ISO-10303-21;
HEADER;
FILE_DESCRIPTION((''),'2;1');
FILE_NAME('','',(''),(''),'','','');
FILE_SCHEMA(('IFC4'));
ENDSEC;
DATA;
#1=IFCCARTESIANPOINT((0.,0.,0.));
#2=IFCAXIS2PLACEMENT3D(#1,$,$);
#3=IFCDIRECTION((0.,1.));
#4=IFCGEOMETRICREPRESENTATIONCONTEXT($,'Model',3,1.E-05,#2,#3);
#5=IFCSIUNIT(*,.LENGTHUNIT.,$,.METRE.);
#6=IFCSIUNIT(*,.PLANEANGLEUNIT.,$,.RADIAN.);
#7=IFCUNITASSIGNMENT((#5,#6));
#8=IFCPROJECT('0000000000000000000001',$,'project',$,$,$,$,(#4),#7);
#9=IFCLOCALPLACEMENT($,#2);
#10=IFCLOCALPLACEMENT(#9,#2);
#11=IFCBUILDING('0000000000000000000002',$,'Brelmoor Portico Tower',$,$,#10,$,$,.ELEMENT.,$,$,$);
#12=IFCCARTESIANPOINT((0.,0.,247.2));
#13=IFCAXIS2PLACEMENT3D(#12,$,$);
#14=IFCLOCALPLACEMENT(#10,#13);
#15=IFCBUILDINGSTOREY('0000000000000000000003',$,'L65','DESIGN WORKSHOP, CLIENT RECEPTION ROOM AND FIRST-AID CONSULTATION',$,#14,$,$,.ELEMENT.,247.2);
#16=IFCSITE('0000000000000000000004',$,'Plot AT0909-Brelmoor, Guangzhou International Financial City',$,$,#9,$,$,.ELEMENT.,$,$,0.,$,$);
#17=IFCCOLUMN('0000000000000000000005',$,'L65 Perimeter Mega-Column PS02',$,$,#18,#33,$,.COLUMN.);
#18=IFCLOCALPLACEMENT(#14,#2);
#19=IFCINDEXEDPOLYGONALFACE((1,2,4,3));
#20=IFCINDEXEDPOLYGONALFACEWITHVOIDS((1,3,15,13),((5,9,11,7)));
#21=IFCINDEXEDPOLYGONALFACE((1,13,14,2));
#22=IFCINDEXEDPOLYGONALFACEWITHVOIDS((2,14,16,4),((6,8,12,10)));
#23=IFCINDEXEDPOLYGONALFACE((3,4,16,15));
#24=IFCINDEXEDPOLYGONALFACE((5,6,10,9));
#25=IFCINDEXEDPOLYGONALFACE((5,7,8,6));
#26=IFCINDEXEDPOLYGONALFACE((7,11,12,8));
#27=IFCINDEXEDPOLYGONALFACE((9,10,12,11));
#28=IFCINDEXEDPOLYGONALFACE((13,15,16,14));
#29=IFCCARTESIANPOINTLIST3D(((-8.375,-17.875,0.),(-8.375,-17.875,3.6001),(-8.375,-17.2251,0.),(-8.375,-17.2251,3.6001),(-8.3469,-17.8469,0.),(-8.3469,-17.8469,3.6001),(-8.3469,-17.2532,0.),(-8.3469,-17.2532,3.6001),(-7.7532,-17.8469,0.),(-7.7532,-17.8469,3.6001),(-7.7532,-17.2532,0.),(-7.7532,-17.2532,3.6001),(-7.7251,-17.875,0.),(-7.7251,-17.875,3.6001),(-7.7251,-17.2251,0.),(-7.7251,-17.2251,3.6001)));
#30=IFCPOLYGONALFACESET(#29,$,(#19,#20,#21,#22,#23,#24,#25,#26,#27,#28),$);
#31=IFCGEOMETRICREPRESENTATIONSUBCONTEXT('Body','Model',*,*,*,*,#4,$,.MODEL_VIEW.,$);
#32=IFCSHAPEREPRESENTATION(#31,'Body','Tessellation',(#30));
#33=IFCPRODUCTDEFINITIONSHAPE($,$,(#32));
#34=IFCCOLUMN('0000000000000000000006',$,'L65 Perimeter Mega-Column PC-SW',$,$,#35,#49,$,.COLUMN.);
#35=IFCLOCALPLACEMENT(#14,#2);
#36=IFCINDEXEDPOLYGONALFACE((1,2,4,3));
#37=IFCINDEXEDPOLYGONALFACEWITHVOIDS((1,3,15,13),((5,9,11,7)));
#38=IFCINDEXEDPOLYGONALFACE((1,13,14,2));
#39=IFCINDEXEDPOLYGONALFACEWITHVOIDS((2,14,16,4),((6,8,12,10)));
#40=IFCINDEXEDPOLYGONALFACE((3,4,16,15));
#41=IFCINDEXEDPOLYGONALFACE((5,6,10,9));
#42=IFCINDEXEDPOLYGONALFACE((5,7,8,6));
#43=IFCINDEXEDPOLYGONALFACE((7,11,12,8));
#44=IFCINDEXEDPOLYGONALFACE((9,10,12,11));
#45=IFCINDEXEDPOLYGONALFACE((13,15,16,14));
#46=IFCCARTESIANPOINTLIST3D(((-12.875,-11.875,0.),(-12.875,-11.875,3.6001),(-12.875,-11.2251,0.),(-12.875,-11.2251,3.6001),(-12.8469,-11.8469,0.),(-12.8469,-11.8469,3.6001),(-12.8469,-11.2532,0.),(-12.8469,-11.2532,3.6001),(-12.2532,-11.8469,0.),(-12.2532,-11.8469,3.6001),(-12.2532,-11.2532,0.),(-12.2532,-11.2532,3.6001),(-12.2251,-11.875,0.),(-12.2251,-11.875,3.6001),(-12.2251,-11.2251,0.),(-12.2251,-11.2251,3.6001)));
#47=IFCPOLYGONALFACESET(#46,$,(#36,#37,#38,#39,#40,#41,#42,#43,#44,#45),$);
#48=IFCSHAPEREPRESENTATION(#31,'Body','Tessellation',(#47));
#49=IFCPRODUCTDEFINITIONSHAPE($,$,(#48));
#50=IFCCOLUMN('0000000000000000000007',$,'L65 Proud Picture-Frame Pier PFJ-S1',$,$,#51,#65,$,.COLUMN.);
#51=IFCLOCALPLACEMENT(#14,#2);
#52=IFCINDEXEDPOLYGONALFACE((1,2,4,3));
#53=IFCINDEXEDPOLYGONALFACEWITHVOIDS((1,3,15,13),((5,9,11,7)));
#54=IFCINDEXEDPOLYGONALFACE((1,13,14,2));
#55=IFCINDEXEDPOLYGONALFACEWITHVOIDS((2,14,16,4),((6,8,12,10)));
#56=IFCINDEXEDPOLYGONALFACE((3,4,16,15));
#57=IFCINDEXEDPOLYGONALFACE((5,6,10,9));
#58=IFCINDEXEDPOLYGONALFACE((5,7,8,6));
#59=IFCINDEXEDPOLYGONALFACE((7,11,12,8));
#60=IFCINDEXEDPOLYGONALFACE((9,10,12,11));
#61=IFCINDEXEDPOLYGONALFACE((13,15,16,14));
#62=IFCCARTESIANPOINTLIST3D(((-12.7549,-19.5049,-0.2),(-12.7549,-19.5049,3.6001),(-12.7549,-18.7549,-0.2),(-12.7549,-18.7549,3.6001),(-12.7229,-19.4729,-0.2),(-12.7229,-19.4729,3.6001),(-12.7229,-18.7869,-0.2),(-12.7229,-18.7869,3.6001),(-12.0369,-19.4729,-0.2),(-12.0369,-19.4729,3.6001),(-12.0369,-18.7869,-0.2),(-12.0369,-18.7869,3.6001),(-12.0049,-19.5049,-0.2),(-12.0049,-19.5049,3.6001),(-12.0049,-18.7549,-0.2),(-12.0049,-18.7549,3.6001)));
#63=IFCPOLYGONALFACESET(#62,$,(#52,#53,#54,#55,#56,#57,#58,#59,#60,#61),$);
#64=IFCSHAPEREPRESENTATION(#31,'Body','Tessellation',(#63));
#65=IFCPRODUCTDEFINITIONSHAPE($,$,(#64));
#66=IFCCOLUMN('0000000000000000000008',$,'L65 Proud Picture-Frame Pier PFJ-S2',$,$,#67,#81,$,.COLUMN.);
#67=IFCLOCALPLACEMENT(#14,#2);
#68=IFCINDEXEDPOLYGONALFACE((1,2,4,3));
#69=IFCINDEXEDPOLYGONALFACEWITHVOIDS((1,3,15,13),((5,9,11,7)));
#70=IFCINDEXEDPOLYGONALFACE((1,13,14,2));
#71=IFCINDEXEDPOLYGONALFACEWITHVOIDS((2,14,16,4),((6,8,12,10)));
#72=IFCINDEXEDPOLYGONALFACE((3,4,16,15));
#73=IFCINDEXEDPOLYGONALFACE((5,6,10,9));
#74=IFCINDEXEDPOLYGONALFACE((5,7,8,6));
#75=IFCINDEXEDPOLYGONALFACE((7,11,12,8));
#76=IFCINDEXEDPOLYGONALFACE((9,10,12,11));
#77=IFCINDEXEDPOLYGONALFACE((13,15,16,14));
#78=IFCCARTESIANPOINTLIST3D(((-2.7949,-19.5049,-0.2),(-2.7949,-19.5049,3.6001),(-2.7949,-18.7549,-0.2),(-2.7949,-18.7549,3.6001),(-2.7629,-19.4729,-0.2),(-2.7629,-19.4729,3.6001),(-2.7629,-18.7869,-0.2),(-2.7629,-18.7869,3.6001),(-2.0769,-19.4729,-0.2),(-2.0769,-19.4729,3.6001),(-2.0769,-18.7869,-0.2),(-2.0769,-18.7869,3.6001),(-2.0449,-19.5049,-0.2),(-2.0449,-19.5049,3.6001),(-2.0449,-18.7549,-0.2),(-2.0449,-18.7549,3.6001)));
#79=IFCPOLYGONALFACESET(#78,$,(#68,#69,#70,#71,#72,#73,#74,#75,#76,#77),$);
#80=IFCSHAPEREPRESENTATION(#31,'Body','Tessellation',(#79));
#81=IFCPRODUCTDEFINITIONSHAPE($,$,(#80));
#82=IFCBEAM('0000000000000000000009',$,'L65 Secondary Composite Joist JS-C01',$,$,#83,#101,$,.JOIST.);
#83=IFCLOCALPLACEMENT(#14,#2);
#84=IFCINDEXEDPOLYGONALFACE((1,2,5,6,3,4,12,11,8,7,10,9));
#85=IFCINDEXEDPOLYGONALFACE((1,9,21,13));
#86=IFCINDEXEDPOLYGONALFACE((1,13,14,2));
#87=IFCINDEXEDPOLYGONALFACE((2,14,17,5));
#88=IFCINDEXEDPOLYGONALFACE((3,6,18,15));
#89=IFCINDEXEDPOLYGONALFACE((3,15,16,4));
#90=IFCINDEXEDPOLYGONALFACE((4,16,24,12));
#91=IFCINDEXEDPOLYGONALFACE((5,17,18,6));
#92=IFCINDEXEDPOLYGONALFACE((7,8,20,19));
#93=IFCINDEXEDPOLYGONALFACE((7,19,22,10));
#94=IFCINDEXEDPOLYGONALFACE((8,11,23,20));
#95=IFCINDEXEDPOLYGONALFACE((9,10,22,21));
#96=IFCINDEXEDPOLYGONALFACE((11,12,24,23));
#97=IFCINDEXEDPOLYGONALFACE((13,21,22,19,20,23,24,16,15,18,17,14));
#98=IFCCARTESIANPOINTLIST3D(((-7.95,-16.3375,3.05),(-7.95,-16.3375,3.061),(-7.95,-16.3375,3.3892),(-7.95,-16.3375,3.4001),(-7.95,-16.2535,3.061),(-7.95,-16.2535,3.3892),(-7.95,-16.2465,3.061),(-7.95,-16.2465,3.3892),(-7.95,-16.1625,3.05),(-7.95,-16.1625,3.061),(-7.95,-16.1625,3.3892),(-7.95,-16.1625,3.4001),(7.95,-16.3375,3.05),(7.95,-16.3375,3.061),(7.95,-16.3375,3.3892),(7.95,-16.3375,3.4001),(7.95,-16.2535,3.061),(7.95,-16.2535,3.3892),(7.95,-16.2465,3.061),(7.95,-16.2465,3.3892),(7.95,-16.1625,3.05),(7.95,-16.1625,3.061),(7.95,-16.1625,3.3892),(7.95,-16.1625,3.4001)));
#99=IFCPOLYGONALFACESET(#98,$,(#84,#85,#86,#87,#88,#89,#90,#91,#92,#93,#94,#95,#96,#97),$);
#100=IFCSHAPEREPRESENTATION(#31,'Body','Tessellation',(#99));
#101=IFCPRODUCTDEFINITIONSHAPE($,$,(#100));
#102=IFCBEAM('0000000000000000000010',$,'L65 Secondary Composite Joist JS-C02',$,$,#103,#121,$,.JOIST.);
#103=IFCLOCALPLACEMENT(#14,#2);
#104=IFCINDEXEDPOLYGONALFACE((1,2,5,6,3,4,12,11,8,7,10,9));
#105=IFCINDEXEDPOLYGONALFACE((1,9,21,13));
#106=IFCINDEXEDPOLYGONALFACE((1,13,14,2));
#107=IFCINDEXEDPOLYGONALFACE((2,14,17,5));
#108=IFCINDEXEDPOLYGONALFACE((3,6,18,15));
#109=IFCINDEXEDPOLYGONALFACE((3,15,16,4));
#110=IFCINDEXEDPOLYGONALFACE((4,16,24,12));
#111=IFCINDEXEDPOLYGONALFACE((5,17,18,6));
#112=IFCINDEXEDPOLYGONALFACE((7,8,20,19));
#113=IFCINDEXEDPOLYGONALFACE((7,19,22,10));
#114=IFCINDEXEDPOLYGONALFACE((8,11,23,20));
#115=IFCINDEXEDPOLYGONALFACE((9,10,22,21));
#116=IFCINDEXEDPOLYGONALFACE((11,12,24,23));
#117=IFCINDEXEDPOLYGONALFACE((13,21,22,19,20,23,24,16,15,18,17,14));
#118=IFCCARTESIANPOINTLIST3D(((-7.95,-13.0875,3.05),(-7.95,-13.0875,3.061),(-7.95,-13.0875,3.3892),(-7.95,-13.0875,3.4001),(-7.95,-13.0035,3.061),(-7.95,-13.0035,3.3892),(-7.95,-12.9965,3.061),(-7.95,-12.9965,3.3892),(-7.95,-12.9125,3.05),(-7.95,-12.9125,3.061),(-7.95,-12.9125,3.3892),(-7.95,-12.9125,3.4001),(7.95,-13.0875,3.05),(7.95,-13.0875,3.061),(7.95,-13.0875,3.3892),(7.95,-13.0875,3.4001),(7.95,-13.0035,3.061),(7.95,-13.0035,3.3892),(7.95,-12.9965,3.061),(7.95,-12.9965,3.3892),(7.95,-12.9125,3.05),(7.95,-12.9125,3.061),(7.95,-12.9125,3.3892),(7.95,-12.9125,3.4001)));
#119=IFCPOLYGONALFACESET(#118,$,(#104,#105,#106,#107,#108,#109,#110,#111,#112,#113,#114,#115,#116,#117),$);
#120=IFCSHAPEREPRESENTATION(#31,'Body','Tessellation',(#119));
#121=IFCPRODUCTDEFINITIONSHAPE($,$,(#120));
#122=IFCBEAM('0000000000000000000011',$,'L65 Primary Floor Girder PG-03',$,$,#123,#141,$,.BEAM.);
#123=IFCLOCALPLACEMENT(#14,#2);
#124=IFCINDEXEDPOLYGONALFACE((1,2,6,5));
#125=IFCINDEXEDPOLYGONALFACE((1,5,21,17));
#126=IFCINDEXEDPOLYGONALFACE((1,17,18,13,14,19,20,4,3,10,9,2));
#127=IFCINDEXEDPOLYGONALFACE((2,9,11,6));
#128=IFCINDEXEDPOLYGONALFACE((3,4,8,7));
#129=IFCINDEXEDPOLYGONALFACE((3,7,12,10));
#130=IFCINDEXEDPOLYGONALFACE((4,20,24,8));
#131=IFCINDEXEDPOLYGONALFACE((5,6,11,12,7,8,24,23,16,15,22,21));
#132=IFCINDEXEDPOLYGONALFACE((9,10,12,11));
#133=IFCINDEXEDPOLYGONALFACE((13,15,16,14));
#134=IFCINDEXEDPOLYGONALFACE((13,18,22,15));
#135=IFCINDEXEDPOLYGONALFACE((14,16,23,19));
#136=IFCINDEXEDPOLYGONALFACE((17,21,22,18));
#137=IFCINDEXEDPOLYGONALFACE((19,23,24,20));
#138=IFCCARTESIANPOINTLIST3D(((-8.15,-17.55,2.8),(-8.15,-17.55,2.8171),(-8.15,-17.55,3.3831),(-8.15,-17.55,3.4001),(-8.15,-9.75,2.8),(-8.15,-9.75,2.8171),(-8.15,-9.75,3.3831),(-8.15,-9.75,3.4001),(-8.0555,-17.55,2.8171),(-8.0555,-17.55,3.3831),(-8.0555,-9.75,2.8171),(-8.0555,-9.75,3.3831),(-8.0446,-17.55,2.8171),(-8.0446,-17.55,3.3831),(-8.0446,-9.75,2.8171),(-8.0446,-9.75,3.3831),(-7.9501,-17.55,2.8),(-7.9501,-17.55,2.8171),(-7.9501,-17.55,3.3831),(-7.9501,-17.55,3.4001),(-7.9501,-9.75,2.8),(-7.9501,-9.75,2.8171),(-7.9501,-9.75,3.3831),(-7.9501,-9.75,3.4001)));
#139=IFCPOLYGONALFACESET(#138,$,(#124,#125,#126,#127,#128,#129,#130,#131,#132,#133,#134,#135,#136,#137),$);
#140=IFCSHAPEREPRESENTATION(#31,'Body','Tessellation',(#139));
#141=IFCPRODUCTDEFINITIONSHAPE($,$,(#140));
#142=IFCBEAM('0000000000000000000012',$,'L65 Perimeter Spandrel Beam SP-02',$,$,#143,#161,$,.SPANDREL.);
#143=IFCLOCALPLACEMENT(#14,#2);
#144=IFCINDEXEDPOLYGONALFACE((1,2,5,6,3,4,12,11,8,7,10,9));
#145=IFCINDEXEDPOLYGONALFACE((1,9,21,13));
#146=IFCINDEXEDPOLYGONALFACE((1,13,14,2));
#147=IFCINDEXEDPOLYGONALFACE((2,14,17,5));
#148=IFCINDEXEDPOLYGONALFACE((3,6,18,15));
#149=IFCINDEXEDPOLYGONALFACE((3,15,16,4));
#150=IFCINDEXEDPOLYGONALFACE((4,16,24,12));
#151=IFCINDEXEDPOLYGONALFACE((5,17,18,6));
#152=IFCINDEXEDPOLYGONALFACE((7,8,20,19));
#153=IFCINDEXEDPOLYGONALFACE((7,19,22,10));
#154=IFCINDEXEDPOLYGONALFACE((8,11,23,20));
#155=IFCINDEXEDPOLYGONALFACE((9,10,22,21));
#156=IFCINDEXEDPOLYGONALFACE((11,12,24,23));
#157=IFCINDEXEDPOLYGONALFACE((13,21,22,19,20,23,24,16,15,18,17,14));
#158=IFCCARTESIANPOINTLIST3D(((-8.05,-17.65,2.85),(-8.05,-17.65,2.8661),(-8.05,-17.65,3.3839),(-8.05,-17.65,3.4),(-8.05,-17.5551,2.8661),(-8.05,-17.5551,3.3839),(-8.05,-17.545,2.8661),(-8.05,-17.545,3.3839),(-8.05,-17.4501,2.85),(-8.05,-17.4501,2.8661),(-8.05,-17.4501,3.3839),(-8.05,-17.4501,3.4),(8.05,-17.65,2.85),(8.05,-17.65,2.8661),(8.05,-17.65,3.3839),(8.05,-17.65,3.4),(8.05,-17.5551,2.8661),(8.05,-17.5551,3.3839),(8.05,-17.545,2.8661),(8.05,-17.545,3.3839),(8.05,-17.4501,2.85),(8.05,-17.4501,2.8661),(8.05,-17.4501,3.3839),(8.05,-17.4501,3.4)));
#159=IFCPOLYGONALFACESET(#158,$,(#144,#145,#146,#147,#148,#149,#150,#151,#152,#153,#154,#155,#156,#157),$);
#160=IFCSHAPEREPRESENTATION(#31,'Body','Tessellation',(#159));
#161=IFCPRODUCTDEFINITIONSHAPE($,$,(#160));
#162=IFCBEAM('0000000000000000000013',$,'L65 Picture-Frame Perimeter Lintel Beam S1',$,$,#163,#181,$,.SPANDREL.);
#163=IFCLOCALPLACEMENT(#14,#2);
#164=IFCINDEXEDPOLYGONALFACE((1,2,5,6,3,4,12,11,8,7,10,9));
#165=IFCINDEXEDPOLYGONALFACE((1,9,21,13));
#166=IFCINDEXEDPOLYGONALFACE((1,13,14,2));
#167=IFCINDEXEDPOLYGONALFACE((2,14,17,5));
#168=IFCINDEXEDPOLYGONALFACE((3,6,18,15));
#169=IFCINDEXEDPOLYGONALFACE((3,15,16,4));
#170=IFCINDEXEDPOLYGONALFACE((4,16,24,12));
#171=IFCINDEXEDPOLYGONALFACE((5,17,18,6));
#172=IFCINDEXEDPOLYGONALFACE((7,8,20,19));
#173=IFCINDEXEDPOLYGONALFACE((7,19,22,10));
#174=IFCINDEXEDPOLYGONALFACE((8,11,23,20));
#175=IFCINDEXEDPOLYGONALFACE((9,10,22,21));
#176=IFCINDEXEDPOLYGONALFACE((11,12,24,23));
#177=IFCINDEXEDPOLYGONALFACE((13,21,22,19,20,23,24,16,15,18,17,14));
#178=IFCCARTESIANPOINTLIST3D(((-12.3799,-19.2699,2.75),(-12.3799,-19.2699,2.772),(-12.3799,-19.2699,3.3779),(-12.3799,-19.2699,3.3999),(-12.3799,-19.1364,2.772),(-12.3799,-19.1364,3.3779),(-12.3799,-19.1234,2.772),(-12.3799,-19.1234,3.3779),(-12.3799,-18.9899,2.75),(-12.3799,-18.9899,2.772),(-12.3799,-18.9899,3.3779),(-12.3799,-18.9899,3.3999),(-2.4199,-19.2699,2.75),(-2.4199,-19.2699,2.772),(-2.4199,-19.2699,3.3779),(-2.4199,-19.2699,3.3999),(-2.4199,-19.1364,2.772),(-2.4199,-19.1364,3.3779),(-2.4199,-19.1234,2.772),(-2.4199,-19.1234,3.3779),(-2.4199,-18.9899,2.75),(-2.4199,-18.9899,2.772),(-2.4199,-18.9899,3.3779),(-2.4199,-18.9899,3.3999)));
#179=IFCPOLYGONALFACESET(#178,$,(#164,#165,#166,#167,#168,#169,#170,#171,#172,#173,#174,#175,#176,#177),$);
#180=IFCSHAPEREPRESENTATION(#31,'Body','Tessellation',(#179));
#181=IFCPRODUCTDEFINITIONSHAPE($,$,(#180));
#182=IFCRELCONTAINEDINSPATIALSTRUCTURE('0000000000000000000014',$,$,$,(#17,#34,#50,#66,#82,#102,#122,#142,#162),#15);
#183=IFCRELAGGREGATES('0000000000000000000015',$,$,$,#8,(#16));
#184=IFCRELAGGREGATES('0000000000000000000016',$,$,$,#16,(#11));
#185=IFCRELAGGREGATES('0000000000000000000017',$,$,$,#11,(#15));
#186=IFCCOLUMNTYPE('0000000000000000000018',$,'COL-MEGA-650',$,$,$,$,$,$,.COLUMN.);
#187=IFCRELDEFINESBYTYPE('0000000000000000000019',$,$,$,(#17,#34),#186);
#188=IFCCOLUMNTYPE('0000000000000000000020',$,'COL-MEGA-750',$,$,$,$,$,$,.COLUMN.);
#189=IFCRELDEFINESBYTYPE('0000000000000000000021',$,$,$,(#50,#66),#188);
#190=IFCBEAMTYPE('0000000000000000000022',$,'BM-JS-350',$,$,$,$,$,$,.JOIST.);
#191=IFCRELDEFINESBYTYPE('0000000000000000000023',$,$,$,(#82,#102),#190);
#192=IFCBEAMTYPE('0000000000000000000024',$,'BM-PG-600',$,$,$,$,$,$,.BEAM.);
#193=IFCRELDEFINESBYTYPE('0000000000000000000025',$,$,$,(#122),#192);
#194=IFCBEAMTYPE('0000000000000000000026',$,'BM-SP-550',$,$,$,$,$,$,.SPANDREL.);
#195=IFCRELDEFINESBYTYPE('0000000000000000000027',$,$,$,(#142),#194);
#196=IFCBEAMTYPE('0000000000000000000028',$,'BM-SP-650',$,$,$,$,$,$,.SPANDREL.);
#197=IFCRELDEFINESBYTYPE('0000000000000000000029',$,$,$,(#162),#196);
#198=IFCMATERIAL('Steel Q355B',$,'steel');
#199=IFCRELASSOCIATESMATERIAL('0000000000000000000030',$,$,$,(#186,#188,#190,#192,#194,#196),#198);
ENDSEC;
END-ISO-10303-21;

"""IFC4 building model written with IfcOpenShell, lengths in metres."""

from ifc_helpers import new_model, si_unit, direction, frame, origin, origin_2d, place, context, subcontext, project, spatial, hollow_rectangle, i_section, extrude, material, material_profile, profile_set, type_object, element, save


model = new_model("IFC4")

# Units and contexts
model_context = context("Model", 3, precision=1e-05, world=origin(), true_north=direction((0.0, 1.0)))
body_context = subcontext(model_context, "Body", "Model", "MODEL_VIEW")
ifc_project = project(units=[si_unit("LENGTHUNIT", "METRE"), si_unit("PLANEANGLEUNIT", "RADIAN")], contexts=[model_context])

# Site, building, storey
site_placement = place(None, origin())
site = spatial("IfcSite", under=ifc_project, at=site_placement, Name="Plot AT0909-Brelmoor, Guangzhou International Financial City", CompositionType="ELEMENT", RefElevation=0.0)
building_placement = place(site_placement, origin())
building = spatial("IfcBuilding", under=site, at=building_placement, Name="Brelmoor Portico Tower", CompositionType="ELEMENT")
storey_placement = place(building_placement, frame((0.0, 0.0, 247.2)))
storey = spatial("IfcBuildingStorey", under=building, at=storey_placement, Name="L65", Description="DESIGN WORKSHOP, CLIENT RECEPTION ROOM AND FIRST-AID CONSULTATION", CompositionType="ELEMENT", Elevation=247.2)

# Columns
ifc_material_1 = material(Name="Steel Q355B", Category="steel")
ifc_material_profile_1 = material_profile(ifc_material_1, hollow_rectangle(XDim=0.6499, YDim=0.6499, WallThickness=0.0281, at=origin_2d()), Name="BOX 650x650x28")
ifc_profile_set_1 = profile_set([ifc_material_profile_1], Name="Steel Q355B")
column_type_1 = type_object("IfcColumnType", Name="COL-MEGA-650", PredefinedType="COLUMN", material=ifc_profile_set_1)
for number, where, z_axis, x_axis, name in (
    (1, (-8.05, -17.55, 0.0), (0.0, 0.0, 1.0), (1.0, 0.0, 0.0), "L65 Perimeter Mega-Column PS02"),
    (2, (-12.55, -11.55, 0.0), (0.0, 0.0, 1.0), (1.0, 0.0, 0.0), "L65 Perimeter Mega-Column PC-SW"),
):
    element("IfcColumn", number, at=place(storey_placement, frame(where, z_axis=z_axis, x_axis=x_axis)), inside=storey, type_object=column_type_1, Name=name, PredefinedType="COLUMN", context=body_context, shape_type="SweptSolid", body=[
        extrude(hollow_rectangle(XDim=0.6499, YDim=0.6499, WallThickness=0.0281, at=origin_2d()), origin(), (0.0, 0.0, 1.0), 3.6001),
    ])
ifc_material_profile_2 = material_profile(ifc_material_1, hollow_rectangle(XDim=0.75, YDim=0.75, WallThickness=0.032, at=origin_2d()), Name="BOX 750x750x32")
ifc_profile_set_2 = profile_set([ifc_material_profile_2], Name="Steel Q355B")
column_type_2 = type_object("IfcColumnType", Name="COL-MEGA-750", PredefinedType="COLUMN", material=ifc_profile_set_2)
for number, where, z_axis, x_axis, name in (
    (3, (-12.3799, -19.1299, -0.2), (0.0, 0.0, 1.0), (1.0, 0.0, 0.0), "L65 Proud Picture-Frame Pier PFJ-S1"),
    (4, (-2.4199, -19.1299, -0.2), (0.0, 0.0, 1.0), (1.0, 0.0, 0.0), "L65 Proud Picture-Frame Pier PFJ-S2"),
):
    element("IfcColumn", number, at=place(storey_placement, frame(where, z_axis=z_axis, x_axis=x_axis)), inside=storey, type_object=column_type_2, Name=name, PredefinedType="COLUMN", context=body_context, shape_type="SweptSolid", body=[
        extrude(hollow_rectangle(XDim=0.75, YDim=0.75, WallThickness=0.032, at=origin_2d()), origin(), (0.0, 0.0, 1.0), 3.8),
    ])

# Beams
ifc_material_profile_3 = material_profile(ifc_material_1, i_section(OverallWidth=0.175, OverallDepth=0.3501, WebThickness=0.0071, FlangeThickness=0.011, at=origin_2d()), Name="HN 350x175x7x11")
ifc_profile_set_3 = profile_set([ifc_material_profile_3], Name="Steel Q355B")
beam_type_1 = type_object("IfcBeamType", Name="BM-JS-350", PredefinedType="JOIST", material=ifc_profile_set_3)
for number, where, z_axis, x_axis, name in (
    (5, (-7.95, -16.25, 3.2251), (1.0, 0.0, 0.0), (0.0, 1.0, 0.0), "L65 Secondary Composite Joist JS-C01"),
    (6, (-7.95, -13.0, 3.2251), (1.0, 0.0, 0.0), (0.0, 1.0, 0.0), "L65 Secondary Composite Joist JS-C02"),
):
    element("IfcBeam", number, at=place(storey_placement, frame(where, z_axis=z_axis, x_axis=x_axis)), inside=storey, type_object=beam_type_1, Name=name, PredefinedType="JOIST", context=body_context, shape_type="SweptSolid", body=[
        extrude(i_section(OverallWidth=0.175, OverallDepth=0.3501, WebThickness=0.0071, FlangeThickness=0.011, at=origin_2d()), origin(), (0.0, 0.0, 1.0), 15.8999),
    ])
ifc_material_profile_4 = material_profile(ifc_material_1, i_section(OverallWidth=0.2, OverallDepth=0.6001, WebThickness=0.011, FlangeThickness=0.0171, at=origin_2d()), Name="HN 600x200x11x17")
ifc_profile_set_4 = profile_set([ifc_material_profile_4], Name="Steel Q355B")
beam_type_2 = type_object("IfcBeamType", Name="BM-PG-600", PredefinedType="BEAM", material=ifc_profile_set_4)
beam_1_placement = place(storey_placement, frame((-8.05, -17.55, 3.1001), z_axis=(0.0, 1.0, 0.0), x_axis=(-1.0, 0.0, 0.0)))
element("IfcBeam", 7, at=beam_1_placement, inside=storey, type_object=beam_type_2, Name="L65 Primary Floor Girder PG-03", PredefinedType="BEAM", context=body_context, shape_type="SweptSolid", body=[
    extrude(i_section(OverallWidth=0.2, OverallDepth=0.6001, WebThickness=0.011, FlangeThickness=0.0171, at=origin_2d()), origin(), (0.0, 0.0, 1.0), 7.8),
])
ifc_material_profile_5 = material_profile(ifc_material_1, i_section(OverallWidth=0.2, OverallDepth=0.55, WebThickness=0.01, FlangeThickness=0.0161, at=origin_2d()), Name="HN 550x200x10x16")
ifc_profile_set_5 = profile_set([ifc_material_profile_5], Name="Steel Q355B")
beam_type_3 = type_object("IfcBeamType", Name="BM-SP-550", PredefinedType="SPANDREL", material=ifc_profile_set_5)
beam_2_placement = place(storey_placement, frame((-8.05, -17.55, 3.125), z_axis=(1.0, 0.0, 0.0), x_axis=(0.0, 1.0, 0.0)))
element("IfcBeam", 8, at=beam_2_placement, inside=storey, type_object=beam_type_3, Name="L65 Perimeter Spandrel Beam SP-02", PredefinedType="SPANDREL", context=body_context, shape_type="SweptSolid", body=[
    extrude(i_section(OverallWidth=0.2, OverallDepth=0.55, WebThickness=0.01, FlangeThickness=0.0161, at=origin_2d()), origin(), (0.0, 0.0, 1.0), 16.1001),
])
ifc_material_profile_6 = material_profile(ifc_material_1, i_section(OverallWidth=0.28, OverallDepth=0.6499, WebThickness=0.0129, FlangeThickness=0.022, at=origin_2d()), Name="HN 650x280x13x22")
ifc_profile_set_6 = profile_set([ifc_material_profile_6], Name="Steel Q355B")
beam_type_4 = type_object("IfcBeamType", Name="BM-SP-650", PredefinedType="SPANDREL", material=ifc_profile_set_6)
beam_3_placement = place(storey_placement, frame((-12.3799, -19.1299, 3.075), z_axis=(1.0, 0.0, 0.0), x_axis=(0.0, 1.0, 0.0)))
element("IfcBeam", 9, at=beam_3_placement, inside=storey, type_object=beam_type_4, Name="L65 Picture-Frame Perimeter Lintel Beam S1", PredefinedType="SPANDREL", context=body_context, shape_type="SweptSolid", body=[
    extrude(i_section(OverallWidth=0.28, OverallDepth=0.6499, WebThickness=0.0129, FlangeThickness=0.022, at=origin_2d()), origin(), (0.0, 0.0, 1.0), 9.96),
])

save(model, "model.ifc")
